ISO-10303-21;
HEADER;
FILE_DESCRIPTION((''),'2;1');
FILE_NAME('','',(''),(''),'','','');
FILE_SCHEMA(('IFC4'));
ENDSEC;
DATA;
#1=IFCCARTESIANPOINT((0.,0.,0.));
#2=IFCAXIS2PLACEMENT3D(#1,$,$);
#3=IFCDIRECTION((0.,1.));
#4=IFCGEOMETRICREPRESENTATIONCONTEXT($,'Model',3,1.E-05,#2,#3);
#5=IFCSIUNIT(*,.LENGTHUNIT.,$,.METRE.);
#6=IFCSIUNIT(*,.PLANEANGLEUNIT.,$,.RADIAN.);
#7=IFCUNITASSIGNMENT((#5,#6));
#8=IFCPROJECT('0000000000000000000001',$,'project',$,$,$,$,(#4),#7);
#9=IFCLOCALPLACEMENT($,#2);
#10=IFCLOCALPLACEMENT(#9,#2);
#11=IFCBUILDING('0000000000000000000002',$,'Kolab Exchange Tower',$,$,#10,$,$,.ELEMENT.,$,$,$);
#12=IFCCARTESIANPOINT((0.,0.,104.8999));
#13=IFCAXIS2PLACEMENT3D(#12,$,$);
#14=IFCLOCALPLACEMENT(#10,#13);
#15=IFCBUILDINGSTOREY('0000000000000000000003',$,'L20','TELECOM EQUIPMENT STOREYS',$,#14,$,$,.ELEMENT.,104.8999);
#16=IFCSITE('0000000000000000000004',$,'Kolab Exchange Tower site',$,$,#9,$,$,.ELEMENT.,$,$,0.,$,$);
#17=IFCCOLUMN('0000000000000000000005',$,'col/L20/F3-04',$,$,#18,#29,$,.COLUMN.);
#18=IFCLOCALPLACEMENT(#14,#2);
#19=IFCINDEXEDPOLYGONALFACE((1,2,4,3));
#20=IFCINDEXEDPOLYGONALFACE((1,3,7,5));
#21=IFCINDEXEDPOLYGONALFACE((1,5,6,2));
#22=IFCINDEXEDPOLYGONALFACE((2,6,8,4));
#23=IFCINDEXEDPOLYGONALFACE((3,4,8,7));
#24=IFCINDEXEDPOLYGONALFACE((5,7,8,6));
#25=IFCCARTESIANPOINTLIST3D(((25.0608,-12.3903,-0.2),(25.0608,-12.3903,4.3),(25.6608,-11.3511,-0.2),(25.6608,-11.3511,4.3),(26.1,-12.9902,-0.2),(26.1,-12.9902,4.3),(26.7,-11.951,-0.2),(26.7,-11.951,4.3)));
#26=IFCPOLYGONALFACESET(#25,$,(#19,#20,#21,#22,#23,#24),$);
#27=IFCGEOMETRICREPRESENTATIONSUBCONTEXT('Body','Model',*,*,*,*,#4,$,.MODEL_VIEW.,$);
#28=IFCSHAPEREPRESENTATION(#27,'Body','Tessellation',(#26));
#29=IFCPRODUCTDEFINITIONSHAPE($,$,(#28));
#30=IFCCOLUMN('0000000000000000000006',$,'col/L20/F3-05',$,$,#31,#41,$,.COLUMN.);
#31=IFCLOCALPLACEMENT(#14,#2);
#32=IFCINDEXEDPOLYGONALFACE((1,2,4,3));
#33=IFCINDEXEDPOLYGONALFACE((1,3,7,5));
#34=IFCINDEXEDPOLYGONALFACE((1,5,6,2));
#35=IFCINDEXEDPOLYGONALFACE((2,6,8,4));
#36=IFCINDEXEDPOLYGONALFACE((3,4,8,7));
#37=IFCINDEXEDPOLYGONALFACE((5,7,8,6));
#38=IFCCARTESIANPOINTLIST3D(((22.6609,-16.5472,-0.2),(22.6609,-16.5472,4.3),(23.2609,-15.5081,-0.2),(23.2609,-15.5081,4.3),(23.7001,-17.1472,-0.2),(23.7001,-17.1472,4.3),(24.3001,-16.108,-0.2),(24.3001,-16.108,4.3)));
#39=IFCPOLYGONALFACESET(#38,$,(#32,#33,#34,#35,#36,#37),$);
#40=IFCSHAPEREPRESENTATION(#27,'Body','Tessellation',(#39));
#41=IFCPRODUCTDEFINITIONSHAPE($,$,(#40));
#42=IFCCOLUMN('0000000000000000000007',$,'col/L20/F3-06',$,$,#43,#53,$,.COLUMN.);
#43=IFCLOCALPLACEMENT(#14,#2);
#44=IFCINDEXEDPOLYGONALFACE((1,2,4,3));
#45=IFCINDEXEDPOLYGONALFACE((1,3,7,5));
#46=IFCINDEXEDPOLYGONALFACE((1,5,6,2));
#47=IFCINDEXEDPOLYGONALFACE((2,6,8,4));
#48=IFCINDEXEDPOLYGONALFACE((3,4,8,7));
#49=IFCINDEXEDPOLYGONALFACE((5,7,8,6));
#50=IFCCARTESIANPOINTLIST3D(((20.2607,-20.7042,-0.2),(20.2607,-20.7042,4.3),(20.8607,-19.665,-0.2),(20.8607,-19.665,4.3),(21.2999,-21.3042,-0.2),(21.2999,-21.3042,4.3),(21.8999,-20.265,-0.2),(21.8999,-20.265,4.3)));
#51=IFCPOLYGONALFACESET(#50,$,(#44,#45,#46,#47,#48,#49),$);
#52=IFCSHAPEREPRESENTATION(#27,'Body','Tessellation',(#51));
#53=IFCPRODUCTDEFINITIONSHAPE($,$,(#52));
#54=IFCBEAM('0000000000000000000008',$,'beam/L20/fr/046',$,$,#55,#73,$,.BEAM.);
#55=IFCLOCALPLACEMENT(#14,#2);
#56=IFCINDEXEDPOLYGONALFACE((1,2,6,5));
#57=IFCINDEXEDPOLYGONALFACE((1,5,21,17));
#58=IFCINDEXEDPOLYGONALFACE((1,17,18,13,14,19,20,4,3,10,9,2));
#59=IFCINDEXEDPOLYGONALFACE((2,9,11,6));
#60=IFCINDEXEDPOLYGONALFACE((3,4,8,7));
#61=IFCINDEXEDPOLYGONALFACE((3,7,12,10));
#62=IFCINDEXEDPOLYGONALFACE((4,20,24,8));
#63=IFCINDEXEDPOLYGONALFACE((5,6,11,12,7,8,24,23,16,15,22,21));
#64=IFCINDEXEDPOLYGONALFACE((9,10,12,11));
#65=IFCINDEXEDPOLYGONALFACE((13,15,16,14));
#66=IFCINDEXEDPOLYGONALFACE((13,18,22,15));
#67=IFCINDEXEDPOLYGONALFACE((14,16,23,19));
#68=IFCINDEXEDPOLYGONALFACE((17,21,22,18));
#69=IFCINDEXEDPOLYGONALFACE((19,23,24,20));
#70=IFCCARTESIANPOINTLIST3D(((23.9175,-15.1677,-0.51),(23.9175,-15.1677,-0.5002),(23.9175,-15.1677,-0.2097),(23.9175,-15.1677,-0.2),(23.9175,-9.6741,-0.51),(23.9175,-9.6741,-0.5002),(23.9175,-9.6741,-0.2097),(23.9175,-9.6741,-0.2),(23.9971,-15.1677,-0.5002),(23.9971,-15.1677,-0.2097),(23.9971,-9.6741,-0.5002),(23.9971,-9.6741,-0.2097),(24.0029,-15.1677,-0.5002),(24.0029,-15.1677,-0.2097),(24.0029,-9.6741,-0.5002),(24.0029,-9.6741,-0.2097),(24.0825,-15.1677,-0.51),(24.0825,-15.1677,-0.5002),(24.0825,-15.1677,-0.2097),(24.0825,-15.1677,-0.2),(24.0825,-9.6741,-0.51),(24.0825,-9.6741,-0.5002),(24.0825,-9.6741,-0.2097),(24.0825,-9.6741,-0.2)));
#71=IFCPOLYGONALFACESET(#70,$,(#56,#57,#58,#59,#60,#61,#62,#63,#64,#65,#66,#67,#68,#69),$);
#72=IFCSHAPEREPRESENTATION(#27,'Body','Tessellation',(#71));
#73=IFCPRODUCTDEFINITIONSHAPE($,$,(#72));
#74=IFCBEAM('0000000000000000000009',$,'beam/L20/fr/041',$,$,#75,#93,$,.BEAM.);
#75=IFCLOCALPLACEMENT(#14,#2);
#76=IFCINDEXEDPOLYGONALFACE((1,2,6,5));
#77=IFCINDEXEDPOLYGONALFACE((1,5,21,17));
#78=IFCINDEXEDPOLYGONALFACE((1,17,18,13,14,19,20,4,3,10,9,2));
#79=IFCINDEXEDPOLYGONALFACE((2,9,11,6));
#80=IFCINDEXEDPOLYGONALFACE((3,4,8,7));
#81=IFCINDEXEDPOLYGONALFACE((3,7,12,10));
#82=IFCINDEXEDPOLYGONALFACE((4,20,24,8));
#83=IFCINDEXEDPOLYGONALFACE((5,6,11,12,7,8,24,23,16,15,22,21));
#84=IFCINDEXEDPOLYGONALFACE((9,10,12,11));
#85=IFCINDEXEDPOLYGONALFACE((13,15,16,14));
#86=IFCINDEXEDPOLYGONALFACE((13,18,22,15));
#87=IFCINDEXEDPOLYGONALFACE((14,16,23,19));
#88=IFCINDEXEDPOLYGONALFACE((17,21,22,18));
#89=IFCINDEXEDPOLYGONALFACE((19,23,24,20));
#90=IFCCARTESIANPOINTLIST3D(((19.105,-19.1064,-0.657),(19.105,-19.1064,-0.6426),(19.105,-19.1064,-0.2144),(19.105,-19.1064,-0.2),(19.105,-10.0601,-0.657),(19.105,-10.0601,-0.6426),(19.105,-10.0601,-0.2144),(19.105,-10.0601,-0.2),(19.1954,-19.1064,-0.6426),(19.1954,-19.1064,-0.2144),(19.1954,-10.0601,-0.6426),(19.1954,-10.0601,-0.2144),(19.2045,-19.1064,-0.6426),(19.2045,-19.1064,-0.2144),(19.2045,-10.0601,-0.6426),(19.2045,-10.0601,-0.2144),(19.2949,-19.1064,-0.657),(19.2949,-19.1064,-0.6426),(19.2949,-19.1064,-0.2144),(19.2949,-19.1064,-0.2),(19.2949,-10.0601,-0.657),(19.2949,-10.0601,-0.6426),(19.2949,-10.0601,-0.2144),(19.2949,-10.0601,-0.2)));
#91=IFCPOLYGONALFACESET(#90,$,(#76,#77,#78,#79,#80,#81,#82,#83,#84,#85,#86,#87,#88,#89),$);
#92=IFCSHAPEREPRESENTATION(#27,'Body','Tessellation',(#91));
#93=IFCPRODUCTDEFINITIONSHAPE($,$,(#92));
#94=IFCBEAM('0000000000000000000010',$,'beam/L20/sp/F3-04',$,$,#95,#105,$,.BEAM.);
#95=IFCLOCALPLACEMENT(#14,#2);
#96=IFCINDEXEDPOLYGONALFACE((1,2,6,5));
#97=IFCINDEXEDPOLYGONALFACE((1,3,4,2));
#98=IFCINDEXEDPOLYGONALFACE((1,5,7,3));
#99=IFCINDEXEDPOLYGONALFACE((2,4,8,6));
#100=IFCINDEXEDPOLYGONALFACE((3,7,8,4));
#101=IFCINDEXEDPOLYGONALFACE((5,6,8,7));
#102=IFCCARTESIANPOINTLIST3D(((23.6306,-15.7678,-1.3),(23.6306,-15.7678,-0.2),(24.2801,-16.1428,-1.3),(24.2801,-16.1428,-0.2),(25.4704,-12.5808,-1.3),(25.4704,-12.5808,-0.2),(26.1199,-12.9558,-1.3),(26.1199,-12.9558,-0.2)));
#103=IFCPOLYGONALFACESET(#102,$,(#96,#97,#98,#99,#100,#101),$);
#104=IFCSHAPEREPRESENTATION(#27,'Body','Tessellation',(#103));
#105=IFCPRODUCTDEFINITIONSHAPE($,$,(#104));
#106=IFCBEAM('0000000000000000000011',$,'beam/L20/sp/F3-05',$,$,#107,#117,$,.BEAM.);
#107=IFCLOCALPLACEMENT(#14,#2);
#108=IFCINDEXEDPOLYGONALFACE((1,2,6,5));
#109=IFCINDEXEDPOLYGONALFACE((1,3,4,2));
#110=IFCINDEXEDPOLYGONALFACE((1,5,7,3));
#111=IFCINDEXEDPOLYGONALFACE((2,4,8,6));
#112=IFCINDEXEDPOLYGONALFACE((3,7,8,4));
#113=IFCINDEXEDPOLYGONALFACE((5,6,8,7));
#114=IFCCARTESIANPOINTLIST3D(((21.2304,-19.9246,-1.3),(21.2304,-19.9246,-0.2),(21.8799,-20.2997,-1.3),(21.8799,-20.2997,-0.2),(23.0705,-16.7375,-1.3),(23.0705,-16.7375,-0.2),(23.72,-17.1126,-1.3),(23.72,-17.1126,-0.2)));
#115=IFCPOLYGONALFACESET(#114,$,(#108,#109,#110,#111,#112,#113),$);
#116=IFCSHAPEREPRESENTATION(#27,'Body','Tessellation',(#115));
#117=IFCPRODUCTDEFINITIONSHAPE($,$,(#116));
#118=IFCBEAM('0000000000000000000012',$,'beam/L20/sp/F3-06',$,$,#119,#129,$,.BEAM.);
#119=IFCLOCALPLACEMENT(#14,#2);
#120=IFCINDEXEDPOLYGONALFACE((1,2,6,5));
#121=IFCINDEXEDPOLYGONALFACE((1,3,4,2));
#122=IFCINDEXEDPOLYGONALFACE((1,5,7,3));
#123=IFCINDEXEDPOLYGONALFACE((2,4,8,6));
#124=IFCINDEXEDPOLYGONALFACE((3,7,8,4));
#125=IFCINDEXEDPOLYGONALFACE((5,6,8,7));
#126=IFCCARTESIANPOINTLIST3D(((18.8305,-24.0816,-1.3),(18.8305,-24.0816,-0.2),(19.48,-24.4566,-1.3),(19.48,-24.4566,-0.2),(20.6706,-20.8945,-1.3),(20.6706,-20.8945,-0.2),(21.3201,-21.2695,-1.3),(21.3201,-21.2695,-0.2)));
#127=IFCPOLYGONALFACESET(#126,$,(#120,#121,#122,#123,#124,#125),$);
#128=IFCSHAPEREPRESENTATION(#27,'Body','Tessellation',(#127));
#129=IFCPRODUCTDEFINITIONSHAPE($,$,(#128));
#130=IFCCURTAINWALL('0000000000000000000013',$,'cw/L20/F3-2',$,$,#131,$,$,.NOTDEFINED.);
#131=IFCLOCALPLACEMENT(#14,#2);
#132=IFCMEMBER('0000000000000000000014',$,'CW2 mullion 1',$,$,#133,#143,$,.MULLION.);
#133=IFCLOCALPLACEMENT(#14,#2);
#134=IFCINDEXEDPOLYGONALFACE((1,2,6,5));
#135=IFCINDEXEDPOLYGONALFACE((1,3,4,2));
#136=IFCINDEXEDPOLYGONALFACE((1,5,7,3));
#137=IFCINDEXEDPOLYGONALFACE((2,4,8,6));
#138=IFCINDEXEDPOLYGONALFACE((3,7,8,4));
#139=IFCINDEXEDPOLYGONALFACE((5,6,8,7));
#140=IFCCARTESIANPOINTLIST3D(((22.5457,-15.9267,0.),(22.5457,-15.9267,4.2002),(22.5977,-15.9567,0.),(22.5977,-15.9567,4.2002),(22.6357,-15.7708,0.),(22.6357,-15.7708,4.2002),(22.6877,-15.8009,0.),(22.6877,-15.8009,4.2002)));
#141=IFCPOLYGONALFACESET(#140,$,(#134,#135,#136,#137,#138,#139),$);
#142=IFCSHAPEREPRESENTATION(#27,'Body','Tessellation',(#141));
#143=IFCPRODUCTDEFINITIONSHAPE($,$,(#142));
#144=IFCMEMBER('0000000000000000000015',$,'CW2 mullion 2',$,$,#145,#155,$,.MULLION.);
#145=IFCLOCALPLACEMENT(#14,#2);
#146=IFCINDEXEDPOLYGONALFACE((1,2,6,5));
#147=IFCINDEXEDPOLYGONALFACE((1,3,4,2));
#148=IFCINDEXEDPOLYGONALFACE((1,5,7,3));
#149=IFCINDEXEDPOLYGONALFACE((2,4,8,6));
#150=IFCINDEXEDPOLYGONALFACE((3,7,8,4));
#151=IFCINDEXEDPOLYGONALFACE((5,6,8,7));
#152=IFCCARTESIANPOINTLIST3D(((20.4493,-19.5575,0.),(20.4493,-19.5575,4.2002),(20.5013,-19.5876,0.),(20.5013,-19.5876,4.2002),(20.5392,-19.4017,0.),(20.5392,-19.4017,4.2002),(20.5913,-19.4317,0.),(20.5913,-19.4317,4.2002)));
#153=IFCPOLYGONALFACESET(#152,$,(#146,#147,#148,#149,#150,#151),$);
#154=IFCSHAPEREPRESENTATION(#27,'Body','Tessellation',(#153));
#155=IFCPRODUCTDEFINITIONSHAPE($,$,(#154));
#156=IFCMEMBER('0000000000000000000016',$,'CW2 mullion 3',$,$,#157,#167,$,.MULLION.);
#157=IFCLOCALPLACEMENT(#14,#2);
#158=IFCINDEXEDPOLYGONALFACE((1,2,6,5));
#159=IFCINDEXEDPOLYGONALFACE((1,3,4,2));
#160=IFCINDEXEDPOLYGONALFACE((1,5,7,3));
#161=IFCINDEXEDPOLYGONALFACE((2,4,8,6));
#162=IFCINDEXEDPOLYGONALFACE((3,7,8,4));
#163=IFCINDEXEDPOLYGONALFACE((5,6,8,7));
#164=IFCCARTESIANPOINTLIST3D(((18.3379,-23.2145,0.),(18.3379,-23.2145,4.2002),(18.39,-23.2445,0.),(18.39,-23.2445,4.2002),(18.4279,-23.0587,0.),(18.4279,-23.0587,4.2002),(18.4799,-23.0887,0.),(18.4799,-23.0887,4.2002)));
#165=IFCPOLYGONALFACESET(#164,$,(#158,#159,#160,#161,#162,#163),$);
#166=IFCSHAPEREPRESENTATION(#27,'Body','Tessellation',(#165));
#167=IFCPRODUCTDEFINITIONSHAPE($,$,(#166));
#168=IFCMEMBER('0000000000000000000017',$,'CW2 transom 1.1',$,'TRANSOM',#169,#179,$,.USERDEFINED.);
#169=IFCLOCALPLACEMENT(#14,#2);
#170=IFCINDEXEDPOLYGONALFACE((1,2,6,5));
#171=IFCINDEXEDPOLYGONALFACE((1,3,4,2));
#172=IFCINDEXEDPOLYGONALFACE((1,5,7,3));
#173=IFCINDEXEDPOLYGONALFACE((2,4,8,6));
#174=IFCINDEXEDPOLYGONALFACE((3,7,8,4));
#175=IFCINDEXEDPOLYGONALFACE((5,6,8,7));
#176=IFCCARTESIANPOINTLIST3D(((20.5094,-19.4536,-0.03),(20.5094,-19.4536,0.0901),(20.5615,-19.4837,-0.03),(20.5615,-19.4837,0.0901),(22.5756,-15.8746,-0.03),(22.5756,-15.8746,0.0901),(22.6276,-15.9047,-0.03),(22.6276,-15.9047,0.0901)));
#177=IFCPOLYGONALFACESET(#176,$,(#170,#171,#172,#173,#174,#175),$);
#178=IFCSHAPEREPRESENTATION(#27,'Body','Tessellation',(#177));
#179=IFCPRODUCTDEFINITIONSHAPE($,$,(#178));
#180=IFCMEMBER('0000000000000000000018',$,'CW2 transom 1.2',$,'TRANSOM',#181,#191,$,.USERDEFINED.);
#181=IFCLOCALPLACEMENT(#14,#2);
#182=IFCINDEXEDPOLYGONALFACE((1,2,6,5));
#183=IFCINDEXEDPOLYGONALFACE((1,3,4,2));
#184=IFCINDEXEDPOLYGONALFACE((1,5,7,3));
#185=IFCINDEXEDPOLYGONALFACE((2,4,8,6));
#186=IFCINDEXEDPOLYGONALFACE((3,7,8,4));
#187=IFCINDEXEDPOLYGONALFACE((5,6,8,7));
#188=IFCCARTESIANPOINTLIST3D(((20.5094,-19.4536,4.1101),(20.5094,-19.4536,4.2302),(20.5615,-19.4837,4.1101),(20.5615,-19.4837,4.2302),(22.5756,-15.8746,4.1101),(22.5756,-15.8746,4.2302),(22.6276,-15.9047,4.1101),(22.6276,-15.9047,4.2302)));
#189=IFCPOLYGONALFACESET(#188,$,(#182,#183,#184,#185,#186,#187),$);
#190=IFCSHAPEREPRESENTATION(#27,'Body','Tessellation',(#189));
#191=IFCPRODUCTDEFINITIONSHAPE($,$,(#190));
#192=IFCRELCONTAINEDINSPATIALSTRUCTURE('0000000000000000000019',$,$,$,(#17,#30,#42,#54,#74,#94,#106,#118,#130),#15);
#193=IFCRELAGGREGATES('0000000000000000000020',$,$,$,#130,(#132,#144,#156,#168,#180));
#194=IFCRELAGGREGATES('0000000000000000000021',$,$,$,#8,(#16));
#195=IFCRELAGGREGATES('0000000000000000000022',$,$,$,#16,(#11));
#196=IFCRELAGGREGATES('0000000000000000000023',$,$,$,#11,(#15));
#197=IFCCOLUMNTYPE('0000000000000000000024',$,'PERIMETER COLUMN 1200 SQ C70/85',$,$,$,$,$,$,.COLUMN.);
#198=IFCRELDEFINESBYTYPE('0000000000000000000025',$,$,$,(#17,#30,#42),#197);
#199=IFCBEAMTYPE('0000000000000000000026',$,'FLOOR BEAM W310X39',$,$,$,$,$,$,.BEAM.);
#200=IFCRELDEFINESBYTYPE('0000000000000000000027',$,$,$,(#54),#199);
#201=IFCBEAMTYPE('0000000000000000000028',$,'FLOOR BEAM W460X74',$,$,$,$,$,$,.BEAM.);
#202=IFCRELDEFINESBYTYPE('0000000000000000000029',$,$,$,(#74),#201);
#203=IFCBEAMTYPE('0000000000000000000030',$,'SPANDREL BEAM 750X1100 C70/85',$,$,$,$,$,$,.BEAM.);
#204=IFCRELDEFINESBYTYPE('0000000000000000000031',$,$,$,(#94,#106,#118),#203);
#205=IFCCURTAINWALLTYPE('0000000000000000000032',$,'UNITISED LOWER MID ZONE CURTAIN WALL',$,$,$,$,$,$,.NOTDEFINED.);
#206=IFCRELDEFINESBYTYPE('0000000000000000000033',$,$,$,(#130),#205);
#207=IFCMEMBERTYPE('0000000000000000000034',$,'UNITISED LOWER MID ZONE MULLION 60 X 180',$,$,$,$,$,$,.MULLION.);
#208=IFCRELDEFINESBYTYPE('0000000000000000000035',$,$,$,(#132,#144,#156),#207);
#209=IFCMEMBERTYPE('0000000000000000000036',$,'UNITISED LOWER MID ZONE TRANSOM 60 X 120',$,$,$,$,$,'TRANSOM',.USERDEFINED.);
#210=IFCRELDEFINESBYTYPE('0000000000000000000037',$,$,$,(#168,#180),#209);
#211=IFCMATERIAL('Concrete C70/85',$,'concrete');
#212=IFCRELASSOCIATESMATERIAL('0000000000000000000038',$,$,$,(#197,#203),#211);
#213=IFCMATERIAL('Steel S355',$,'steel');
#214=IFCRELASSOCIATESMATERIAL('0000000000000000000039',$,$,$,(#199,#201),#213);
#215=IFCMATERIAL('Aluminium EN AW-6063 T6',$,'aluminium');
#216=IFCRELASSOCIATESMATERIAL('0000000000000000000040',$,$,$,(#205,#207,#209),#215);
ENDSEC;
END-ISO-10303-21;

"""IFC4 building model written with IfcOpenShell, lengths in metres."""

from ifc_helpers import new_model, si_unit, direction, frame, origin, origin_2d, place, context, subcontext, project, spatial, rectangle, i_section, extrude, material, material_profile, profile_set, type_object, element, aggregate, save


model = new_model("IFC4")

# Units and contexts
model_context = context("Model", 3, precision=1e-05, world=origin(), true_north=direction((0.0, 1.0)))
body_context = subcontext(model_context, "Body", "Model", "MODEL_VIEW")
ifc_project = project(units=[si_unit("LENGTHUNIT", "METRE"), si_unit("PLANEANGLEUNIT", "RADIAN")], contexts=[model_context])

# Site, building, storey
site_placement = place(None, origin())
site = spatial("IfcSite", under=ifc_project, at=site_placement, Name="Kolab Exchange Tower site", CompositionType="ELEMENT", RefElevation=0.0)
building_placement = place(site_placement, origin())
building = spatial("IfcBuilding", under=site, at=building_placement, Name="Kolab Exchange Tower", CompositionType="ELEMENT")
storey_placement = place(building_placement, frame((0.0, 0.0, 104.8999)))
storey = spatial("IfcBuildingStorey", under=building, at=storey_placement, Name="L20", Description="TELECOM EQUIPMENT STOREYS", CompositionType="ELEMENT", Elevation=104.8999)

# Columns
ifc_material_1 = material(Name="Concrete C70/85", Category="concrete")
ifc_material_profile_1 = material_profile(ifc_material_1, rectangle(XDim=1.2, YDim=1.2, at=origin_2d()), Name="RC1200")
ifc_profile_set_1 = profile_set([ifc_material_profile_1], Name="Concrete C70/85")
column_type = type_object("IfcColumnType", Name="PERIMETER COLUMN 1200 SQ C70/85", PredefinedType="COLUMN", material=ifc_profile_set_1)
for number, where, z_axis, x_axis, name in (
    (1, (25.8804, -12.1707, -0.2), (0.0, 0.0, 1.0), (0.5, 0.866025, 0.0), "col/L20/F3-04"),
    (2, (23.4805, -16.3276, -0.2), (0.0, 0.0, 1.0), (0.5, 0.866025, 0.0), "col/L20/F3-05"),
    (3, (21.0803, -20.4846, -0.2), (0.0, 0.0, 1.0), (0.5, 0.866025, 0.0), "col/L20/F3-06"),
):
    element("IfcColumn", number, at=place(storey_placement, frame(where, z_axis=z_axis, x_axis=x_axis)), inside=storey, type_object=column_type, Name=name, PredefinedType="COLUMN", context=body_context, shape_type="SweptSolid", body=[
        extrude(rectangle(XDim=1.2, YDim=1.2, at=origin_2d()), origin(), (0.0, 0.0, 1.0), 4.5),
    ])

# Beams
ifc_material_2 = material(Name="Steel S355", Category="steel")
ifc_material_profile_2 = material_profile(ifc_material_2, i_section(OverallWidth=0.165, OverallDepth=0.3101, WebThickness=0.0059, FlangeThickness=0.0098, at=origin_2d()), Name="W310X39")
ifc_profile_set_2 = profile_set([ifc_material_profile_2], Name="Steel S355")
beam_type_1 = type_object("IfcBeamType", Name="FLOOR BEAM W310X39", PredefinedType="BEAM", material=ifc_profile_set_2)
beam_1_placement = place(storey_placement, frame((24.0, -15.1677, -0.355), z_axis=(0.0, 1.0, 0.0), x_axis=(-1.0, 0.0, 0.0)))
element("IfcBeam", 4, at=beam_1_placement, inside=storey, type_object=beam_type_1, Name="beam/L20/fr/046", PredefinedType="BEAM", context=body_context, shape_type="SweptSolid", body=[
    extrude(i_section(OverallWidth=0.165, OverallDepth=0.3101, WebThickness=0.0059, FlangeThickness=0.0098, at=origin_2d()), origin(), (0.0, 0.0, 1.0), 5.4937),
])
ifc_material_profile_3 = material_profile(ifc_material_2, i_section(OverallWidth=0.1899, OverallDepth=0.457, WebThickness=0.009, FlangeThickness=0.0144, at=origin_2d()), Name="W460X74")
ifc_profile_set_3 = profile_set([ifc_material_profile_3], Name="Steel S355")
beam_type_2 = type_object("IfcBeamType", Name="FLOOR BEAM W460X74", PredefinedType="BEAM", material=ifc_profile_set_3)
beam_2_placement = place(storey_placement, frame((19.2, -19.1064, -0.4285), z_axis=(0.0, 1.0, 0.0), x_axis=(-1.0, 0.0, 0.0)))
element("IfcBeam", 5, at=beam_2_placement, inside=storey, type_object=beam_type_2, Name="beam/L20/fr/041", PredefinedType="BEAM", context=body_context, shape_type="SweptSolid", body=[
    extrude(i_section(OverallWidth=0.1899, OverallDepth=0.457, WebThickness=0.009, FlangeThickness=0.0144, at=origin_2d()), origin(), (0.0, 0.0, 1.0), 9.0464),
])
ifc_material_profile_4 = material_profile(ifc_material_1, rectangle(XDim=0.75, YDim=1.1001, at=origin_2d()), Name="RC750X1100")
ifc_profile_set_4 = profile_set([ifc_material_profile_4], Name="Concrete C70/85")
beam_type_3 = type_object("IfcBeamType", Name="SPANDREL BEAM 750X1100 C70/85", PredefinedType="BEAM", material=ifc_profile_set_4)
beam_3_placement = place(storey_placement, frame((25.7952, -12.7683, -0.75), z_axis=(-0.499964, -0.866046, 0.0), x_axis=(0.866046, -0.499964, 0.0)))
element("IfcBeam", 6, at=beam_3_placement, inside=storey, type_object=beam_type_3, Name="beam/L20/sp/F3-04", PredefinedType="BEAM", context=body_context, shape_type="SweptSolid", body=[
    extrude(rectangle(XDim=0.75, YDim=1.1001, at=origin_2d()), origin(), (0.0, 0.0, 1.0), 3.6799),
])
for number, where, z_axis, x_axis, name in (
    (7, (23.3953, -16.925, -0.75), (-0.500013, -0.866018, 0.0), (0.866018, -0.500013, 0.0), "beam/L20/sp/F3-05"),
    (8, (20.9954, -21.082, -0.75), (-0.500013, -0.866018, 0.0), (0.866018, -0.500013, 0.0), "beam/L20/sp/F3-06"),
):
    element("IfcBeam", number, at=place(storey_placement, frame(where, z_axis=z_axis, x_axis=x_axis)), inside=storey, type_object=beam_type_3, Name=name, PredefinedType="BEAM", context=body_context, shape_type="SweptSolid", body=[
        extrude(rectangle(XDim=0.75, YDim=1.1001, at=origin_2d()), origin(), (0.0, 0.0, 1.0), 3.6802),
    ])

# Curtain wall, members
ifc_material_3 = material(Name="Aluminium EN AW-6063 T6", Category="aluminium")
curtain_wall_type = type_object("IfcCurtainWallType", Name="UNITISED LOWER MID ZONE CURTAIN WALL", PredefinedType="NOTDEFINED", material=ifc_material_3)
curtain_wall_placement = place(storey_placement, origin())
curtain_wall = element("IfcCurtainWall", 9, at=curtain_wall_placement, inside=storey, type_object=curtain_wall_type, Name="cw/L20/F3-2", PredefinedType="NOTDEFINED")
ifc_material_profile_5 = material_profile(ifc_material_3, rectangle(XDim=0.0601, YDim=0.1799, at=origin_2d()), Name="RECT 60X180")
ifc_profile_set_5 = profile_set([ifc_material_profile_5], Name="Aluminium EN AW-6063 T6")
member_type_1 = type_object("IfcMemberType", Name="UNITISED LOWER MID ZONE MULLION 60 X 180", PredefinedType="MULLION", material=ifc_profile_set_5)
member_1_placement = place(storey_placement, frame((22.6167, -15.8638, 0.0), z_axis=(0.0, 0.0, 1.0), x_axis=(0.866025, -0.5, 0.0)))
member_1 = element("IfcMember", 10, at=member_1_placement, type_object=member_type_1, Name="CW2 mullion 1", PredefinedType="MULLION", context=body_context, shape_type="SweptSolid", body=[
    extrude(rectangle(XDim=0.0601, YDim=0.1799, at=origin_2d()), origin(), (0.0, 0.0, 1.0), 4.2002),
])
member_2_placement = place(storey_placement, frame((20.5203, -19.4946, 0.0), z_axis=(0.0, 0.0, 1.0), x_axis=(0.866025, -0.5, 0.0)))
member_2 = element("IfcMember", 11, at=member_2_placement, type_object=member_type_1, Name="CW2 mullion 2", PredefinedType="MULLION", context=body_context, shape_type="SweptSolid", body=[
    extrude(rectangle(XDim=0.0601, YDim=0.1799, at=origin_2d()), origin(), (0.0, 0.0, 1.0), 4.2002),
])
member_3_placement = place(storey_placement, frame((18.4089, -23.1516, 0.0), z_axis=(0.0, 0.0, 1.0), x_axis=(0.866025, -0.5, 0.0)))
member_3 = element("IfcMember", 12, at=member_3_placement, type_object=member_type_1, Name="CW2 mullion 3", PredefinedType="MULLION", context=body_context, shape_type="SweptSolid", body=[
    extrude(rectangle(XDim=0.0601, YDim=0.1799, at=origin_2d()), origin(), (0.0, 0.0, 1.0), 4.2002),
])
ifc_material_profile_6 = material_profile(ifc_material_3, rectangle(XDim=0.0601, YDim=0.1201, at=origin_2d()), Name="RECT 60X120")
ifc_profile_set_6 = profile_set([ifc_material_profile_6], Name="Aluminium EN AW-6063 T6")
member_type_2 = type_object("IfcMemberType", Name="UNITISED LOWER MID ZONE TRANSOM 60 X 120", ElementType="TRANSOM", PredefinedType="USERDEFINED", material=ifc_profile_set_6)
member_4_placement = place(storey_placement, frame((22.6016, -15.8896, 0.03), z_axis=(-0.499958, -0.86605, 0.0), x_axis=(0.86605, -0.499958, 0.0)))
member_4 = element("IfcMember", 13, at=member_4_placement, type_object=member_type_2, Name="CW2 transom 1.1", ObjectType="TRANSOM", PredefinedType="USERDEFINED", context=body_context, shape_type="SweptSolid", body=[
    extrude(rectangle(XDim=0.0601, YDim=0.1201, at=origin_2d()), origin(), (0.0, 0.0, 1.0), 4.1326),
])
member_5_placement = place(storey_placement, frame((22.6016, -15.8896, 4.1702), z_axis=(-0.499958, -0.86605, 0.0), x_axis=(0.86605, -0.499958, 0.0)))
member_5 = element("IfcMember", 14, at=member_5_placement, type_object=member_type_2, Name="CW2 transom 1.2", ObjectType="TRANSOM", PredefinedType="USERDEFINED", context=body_context, shape_type="SweptSolid", body=[
    extrude(rectangle(XDim=0.0601, YDim=0.1201, at=origin_2d()), origin(), (0.0, 0.0, 1.0), 4.1326),
])
aggregate(curtain_wall, [member_1, member_2, member_3, member_4, member_5])

save(model, "model.ifc")
